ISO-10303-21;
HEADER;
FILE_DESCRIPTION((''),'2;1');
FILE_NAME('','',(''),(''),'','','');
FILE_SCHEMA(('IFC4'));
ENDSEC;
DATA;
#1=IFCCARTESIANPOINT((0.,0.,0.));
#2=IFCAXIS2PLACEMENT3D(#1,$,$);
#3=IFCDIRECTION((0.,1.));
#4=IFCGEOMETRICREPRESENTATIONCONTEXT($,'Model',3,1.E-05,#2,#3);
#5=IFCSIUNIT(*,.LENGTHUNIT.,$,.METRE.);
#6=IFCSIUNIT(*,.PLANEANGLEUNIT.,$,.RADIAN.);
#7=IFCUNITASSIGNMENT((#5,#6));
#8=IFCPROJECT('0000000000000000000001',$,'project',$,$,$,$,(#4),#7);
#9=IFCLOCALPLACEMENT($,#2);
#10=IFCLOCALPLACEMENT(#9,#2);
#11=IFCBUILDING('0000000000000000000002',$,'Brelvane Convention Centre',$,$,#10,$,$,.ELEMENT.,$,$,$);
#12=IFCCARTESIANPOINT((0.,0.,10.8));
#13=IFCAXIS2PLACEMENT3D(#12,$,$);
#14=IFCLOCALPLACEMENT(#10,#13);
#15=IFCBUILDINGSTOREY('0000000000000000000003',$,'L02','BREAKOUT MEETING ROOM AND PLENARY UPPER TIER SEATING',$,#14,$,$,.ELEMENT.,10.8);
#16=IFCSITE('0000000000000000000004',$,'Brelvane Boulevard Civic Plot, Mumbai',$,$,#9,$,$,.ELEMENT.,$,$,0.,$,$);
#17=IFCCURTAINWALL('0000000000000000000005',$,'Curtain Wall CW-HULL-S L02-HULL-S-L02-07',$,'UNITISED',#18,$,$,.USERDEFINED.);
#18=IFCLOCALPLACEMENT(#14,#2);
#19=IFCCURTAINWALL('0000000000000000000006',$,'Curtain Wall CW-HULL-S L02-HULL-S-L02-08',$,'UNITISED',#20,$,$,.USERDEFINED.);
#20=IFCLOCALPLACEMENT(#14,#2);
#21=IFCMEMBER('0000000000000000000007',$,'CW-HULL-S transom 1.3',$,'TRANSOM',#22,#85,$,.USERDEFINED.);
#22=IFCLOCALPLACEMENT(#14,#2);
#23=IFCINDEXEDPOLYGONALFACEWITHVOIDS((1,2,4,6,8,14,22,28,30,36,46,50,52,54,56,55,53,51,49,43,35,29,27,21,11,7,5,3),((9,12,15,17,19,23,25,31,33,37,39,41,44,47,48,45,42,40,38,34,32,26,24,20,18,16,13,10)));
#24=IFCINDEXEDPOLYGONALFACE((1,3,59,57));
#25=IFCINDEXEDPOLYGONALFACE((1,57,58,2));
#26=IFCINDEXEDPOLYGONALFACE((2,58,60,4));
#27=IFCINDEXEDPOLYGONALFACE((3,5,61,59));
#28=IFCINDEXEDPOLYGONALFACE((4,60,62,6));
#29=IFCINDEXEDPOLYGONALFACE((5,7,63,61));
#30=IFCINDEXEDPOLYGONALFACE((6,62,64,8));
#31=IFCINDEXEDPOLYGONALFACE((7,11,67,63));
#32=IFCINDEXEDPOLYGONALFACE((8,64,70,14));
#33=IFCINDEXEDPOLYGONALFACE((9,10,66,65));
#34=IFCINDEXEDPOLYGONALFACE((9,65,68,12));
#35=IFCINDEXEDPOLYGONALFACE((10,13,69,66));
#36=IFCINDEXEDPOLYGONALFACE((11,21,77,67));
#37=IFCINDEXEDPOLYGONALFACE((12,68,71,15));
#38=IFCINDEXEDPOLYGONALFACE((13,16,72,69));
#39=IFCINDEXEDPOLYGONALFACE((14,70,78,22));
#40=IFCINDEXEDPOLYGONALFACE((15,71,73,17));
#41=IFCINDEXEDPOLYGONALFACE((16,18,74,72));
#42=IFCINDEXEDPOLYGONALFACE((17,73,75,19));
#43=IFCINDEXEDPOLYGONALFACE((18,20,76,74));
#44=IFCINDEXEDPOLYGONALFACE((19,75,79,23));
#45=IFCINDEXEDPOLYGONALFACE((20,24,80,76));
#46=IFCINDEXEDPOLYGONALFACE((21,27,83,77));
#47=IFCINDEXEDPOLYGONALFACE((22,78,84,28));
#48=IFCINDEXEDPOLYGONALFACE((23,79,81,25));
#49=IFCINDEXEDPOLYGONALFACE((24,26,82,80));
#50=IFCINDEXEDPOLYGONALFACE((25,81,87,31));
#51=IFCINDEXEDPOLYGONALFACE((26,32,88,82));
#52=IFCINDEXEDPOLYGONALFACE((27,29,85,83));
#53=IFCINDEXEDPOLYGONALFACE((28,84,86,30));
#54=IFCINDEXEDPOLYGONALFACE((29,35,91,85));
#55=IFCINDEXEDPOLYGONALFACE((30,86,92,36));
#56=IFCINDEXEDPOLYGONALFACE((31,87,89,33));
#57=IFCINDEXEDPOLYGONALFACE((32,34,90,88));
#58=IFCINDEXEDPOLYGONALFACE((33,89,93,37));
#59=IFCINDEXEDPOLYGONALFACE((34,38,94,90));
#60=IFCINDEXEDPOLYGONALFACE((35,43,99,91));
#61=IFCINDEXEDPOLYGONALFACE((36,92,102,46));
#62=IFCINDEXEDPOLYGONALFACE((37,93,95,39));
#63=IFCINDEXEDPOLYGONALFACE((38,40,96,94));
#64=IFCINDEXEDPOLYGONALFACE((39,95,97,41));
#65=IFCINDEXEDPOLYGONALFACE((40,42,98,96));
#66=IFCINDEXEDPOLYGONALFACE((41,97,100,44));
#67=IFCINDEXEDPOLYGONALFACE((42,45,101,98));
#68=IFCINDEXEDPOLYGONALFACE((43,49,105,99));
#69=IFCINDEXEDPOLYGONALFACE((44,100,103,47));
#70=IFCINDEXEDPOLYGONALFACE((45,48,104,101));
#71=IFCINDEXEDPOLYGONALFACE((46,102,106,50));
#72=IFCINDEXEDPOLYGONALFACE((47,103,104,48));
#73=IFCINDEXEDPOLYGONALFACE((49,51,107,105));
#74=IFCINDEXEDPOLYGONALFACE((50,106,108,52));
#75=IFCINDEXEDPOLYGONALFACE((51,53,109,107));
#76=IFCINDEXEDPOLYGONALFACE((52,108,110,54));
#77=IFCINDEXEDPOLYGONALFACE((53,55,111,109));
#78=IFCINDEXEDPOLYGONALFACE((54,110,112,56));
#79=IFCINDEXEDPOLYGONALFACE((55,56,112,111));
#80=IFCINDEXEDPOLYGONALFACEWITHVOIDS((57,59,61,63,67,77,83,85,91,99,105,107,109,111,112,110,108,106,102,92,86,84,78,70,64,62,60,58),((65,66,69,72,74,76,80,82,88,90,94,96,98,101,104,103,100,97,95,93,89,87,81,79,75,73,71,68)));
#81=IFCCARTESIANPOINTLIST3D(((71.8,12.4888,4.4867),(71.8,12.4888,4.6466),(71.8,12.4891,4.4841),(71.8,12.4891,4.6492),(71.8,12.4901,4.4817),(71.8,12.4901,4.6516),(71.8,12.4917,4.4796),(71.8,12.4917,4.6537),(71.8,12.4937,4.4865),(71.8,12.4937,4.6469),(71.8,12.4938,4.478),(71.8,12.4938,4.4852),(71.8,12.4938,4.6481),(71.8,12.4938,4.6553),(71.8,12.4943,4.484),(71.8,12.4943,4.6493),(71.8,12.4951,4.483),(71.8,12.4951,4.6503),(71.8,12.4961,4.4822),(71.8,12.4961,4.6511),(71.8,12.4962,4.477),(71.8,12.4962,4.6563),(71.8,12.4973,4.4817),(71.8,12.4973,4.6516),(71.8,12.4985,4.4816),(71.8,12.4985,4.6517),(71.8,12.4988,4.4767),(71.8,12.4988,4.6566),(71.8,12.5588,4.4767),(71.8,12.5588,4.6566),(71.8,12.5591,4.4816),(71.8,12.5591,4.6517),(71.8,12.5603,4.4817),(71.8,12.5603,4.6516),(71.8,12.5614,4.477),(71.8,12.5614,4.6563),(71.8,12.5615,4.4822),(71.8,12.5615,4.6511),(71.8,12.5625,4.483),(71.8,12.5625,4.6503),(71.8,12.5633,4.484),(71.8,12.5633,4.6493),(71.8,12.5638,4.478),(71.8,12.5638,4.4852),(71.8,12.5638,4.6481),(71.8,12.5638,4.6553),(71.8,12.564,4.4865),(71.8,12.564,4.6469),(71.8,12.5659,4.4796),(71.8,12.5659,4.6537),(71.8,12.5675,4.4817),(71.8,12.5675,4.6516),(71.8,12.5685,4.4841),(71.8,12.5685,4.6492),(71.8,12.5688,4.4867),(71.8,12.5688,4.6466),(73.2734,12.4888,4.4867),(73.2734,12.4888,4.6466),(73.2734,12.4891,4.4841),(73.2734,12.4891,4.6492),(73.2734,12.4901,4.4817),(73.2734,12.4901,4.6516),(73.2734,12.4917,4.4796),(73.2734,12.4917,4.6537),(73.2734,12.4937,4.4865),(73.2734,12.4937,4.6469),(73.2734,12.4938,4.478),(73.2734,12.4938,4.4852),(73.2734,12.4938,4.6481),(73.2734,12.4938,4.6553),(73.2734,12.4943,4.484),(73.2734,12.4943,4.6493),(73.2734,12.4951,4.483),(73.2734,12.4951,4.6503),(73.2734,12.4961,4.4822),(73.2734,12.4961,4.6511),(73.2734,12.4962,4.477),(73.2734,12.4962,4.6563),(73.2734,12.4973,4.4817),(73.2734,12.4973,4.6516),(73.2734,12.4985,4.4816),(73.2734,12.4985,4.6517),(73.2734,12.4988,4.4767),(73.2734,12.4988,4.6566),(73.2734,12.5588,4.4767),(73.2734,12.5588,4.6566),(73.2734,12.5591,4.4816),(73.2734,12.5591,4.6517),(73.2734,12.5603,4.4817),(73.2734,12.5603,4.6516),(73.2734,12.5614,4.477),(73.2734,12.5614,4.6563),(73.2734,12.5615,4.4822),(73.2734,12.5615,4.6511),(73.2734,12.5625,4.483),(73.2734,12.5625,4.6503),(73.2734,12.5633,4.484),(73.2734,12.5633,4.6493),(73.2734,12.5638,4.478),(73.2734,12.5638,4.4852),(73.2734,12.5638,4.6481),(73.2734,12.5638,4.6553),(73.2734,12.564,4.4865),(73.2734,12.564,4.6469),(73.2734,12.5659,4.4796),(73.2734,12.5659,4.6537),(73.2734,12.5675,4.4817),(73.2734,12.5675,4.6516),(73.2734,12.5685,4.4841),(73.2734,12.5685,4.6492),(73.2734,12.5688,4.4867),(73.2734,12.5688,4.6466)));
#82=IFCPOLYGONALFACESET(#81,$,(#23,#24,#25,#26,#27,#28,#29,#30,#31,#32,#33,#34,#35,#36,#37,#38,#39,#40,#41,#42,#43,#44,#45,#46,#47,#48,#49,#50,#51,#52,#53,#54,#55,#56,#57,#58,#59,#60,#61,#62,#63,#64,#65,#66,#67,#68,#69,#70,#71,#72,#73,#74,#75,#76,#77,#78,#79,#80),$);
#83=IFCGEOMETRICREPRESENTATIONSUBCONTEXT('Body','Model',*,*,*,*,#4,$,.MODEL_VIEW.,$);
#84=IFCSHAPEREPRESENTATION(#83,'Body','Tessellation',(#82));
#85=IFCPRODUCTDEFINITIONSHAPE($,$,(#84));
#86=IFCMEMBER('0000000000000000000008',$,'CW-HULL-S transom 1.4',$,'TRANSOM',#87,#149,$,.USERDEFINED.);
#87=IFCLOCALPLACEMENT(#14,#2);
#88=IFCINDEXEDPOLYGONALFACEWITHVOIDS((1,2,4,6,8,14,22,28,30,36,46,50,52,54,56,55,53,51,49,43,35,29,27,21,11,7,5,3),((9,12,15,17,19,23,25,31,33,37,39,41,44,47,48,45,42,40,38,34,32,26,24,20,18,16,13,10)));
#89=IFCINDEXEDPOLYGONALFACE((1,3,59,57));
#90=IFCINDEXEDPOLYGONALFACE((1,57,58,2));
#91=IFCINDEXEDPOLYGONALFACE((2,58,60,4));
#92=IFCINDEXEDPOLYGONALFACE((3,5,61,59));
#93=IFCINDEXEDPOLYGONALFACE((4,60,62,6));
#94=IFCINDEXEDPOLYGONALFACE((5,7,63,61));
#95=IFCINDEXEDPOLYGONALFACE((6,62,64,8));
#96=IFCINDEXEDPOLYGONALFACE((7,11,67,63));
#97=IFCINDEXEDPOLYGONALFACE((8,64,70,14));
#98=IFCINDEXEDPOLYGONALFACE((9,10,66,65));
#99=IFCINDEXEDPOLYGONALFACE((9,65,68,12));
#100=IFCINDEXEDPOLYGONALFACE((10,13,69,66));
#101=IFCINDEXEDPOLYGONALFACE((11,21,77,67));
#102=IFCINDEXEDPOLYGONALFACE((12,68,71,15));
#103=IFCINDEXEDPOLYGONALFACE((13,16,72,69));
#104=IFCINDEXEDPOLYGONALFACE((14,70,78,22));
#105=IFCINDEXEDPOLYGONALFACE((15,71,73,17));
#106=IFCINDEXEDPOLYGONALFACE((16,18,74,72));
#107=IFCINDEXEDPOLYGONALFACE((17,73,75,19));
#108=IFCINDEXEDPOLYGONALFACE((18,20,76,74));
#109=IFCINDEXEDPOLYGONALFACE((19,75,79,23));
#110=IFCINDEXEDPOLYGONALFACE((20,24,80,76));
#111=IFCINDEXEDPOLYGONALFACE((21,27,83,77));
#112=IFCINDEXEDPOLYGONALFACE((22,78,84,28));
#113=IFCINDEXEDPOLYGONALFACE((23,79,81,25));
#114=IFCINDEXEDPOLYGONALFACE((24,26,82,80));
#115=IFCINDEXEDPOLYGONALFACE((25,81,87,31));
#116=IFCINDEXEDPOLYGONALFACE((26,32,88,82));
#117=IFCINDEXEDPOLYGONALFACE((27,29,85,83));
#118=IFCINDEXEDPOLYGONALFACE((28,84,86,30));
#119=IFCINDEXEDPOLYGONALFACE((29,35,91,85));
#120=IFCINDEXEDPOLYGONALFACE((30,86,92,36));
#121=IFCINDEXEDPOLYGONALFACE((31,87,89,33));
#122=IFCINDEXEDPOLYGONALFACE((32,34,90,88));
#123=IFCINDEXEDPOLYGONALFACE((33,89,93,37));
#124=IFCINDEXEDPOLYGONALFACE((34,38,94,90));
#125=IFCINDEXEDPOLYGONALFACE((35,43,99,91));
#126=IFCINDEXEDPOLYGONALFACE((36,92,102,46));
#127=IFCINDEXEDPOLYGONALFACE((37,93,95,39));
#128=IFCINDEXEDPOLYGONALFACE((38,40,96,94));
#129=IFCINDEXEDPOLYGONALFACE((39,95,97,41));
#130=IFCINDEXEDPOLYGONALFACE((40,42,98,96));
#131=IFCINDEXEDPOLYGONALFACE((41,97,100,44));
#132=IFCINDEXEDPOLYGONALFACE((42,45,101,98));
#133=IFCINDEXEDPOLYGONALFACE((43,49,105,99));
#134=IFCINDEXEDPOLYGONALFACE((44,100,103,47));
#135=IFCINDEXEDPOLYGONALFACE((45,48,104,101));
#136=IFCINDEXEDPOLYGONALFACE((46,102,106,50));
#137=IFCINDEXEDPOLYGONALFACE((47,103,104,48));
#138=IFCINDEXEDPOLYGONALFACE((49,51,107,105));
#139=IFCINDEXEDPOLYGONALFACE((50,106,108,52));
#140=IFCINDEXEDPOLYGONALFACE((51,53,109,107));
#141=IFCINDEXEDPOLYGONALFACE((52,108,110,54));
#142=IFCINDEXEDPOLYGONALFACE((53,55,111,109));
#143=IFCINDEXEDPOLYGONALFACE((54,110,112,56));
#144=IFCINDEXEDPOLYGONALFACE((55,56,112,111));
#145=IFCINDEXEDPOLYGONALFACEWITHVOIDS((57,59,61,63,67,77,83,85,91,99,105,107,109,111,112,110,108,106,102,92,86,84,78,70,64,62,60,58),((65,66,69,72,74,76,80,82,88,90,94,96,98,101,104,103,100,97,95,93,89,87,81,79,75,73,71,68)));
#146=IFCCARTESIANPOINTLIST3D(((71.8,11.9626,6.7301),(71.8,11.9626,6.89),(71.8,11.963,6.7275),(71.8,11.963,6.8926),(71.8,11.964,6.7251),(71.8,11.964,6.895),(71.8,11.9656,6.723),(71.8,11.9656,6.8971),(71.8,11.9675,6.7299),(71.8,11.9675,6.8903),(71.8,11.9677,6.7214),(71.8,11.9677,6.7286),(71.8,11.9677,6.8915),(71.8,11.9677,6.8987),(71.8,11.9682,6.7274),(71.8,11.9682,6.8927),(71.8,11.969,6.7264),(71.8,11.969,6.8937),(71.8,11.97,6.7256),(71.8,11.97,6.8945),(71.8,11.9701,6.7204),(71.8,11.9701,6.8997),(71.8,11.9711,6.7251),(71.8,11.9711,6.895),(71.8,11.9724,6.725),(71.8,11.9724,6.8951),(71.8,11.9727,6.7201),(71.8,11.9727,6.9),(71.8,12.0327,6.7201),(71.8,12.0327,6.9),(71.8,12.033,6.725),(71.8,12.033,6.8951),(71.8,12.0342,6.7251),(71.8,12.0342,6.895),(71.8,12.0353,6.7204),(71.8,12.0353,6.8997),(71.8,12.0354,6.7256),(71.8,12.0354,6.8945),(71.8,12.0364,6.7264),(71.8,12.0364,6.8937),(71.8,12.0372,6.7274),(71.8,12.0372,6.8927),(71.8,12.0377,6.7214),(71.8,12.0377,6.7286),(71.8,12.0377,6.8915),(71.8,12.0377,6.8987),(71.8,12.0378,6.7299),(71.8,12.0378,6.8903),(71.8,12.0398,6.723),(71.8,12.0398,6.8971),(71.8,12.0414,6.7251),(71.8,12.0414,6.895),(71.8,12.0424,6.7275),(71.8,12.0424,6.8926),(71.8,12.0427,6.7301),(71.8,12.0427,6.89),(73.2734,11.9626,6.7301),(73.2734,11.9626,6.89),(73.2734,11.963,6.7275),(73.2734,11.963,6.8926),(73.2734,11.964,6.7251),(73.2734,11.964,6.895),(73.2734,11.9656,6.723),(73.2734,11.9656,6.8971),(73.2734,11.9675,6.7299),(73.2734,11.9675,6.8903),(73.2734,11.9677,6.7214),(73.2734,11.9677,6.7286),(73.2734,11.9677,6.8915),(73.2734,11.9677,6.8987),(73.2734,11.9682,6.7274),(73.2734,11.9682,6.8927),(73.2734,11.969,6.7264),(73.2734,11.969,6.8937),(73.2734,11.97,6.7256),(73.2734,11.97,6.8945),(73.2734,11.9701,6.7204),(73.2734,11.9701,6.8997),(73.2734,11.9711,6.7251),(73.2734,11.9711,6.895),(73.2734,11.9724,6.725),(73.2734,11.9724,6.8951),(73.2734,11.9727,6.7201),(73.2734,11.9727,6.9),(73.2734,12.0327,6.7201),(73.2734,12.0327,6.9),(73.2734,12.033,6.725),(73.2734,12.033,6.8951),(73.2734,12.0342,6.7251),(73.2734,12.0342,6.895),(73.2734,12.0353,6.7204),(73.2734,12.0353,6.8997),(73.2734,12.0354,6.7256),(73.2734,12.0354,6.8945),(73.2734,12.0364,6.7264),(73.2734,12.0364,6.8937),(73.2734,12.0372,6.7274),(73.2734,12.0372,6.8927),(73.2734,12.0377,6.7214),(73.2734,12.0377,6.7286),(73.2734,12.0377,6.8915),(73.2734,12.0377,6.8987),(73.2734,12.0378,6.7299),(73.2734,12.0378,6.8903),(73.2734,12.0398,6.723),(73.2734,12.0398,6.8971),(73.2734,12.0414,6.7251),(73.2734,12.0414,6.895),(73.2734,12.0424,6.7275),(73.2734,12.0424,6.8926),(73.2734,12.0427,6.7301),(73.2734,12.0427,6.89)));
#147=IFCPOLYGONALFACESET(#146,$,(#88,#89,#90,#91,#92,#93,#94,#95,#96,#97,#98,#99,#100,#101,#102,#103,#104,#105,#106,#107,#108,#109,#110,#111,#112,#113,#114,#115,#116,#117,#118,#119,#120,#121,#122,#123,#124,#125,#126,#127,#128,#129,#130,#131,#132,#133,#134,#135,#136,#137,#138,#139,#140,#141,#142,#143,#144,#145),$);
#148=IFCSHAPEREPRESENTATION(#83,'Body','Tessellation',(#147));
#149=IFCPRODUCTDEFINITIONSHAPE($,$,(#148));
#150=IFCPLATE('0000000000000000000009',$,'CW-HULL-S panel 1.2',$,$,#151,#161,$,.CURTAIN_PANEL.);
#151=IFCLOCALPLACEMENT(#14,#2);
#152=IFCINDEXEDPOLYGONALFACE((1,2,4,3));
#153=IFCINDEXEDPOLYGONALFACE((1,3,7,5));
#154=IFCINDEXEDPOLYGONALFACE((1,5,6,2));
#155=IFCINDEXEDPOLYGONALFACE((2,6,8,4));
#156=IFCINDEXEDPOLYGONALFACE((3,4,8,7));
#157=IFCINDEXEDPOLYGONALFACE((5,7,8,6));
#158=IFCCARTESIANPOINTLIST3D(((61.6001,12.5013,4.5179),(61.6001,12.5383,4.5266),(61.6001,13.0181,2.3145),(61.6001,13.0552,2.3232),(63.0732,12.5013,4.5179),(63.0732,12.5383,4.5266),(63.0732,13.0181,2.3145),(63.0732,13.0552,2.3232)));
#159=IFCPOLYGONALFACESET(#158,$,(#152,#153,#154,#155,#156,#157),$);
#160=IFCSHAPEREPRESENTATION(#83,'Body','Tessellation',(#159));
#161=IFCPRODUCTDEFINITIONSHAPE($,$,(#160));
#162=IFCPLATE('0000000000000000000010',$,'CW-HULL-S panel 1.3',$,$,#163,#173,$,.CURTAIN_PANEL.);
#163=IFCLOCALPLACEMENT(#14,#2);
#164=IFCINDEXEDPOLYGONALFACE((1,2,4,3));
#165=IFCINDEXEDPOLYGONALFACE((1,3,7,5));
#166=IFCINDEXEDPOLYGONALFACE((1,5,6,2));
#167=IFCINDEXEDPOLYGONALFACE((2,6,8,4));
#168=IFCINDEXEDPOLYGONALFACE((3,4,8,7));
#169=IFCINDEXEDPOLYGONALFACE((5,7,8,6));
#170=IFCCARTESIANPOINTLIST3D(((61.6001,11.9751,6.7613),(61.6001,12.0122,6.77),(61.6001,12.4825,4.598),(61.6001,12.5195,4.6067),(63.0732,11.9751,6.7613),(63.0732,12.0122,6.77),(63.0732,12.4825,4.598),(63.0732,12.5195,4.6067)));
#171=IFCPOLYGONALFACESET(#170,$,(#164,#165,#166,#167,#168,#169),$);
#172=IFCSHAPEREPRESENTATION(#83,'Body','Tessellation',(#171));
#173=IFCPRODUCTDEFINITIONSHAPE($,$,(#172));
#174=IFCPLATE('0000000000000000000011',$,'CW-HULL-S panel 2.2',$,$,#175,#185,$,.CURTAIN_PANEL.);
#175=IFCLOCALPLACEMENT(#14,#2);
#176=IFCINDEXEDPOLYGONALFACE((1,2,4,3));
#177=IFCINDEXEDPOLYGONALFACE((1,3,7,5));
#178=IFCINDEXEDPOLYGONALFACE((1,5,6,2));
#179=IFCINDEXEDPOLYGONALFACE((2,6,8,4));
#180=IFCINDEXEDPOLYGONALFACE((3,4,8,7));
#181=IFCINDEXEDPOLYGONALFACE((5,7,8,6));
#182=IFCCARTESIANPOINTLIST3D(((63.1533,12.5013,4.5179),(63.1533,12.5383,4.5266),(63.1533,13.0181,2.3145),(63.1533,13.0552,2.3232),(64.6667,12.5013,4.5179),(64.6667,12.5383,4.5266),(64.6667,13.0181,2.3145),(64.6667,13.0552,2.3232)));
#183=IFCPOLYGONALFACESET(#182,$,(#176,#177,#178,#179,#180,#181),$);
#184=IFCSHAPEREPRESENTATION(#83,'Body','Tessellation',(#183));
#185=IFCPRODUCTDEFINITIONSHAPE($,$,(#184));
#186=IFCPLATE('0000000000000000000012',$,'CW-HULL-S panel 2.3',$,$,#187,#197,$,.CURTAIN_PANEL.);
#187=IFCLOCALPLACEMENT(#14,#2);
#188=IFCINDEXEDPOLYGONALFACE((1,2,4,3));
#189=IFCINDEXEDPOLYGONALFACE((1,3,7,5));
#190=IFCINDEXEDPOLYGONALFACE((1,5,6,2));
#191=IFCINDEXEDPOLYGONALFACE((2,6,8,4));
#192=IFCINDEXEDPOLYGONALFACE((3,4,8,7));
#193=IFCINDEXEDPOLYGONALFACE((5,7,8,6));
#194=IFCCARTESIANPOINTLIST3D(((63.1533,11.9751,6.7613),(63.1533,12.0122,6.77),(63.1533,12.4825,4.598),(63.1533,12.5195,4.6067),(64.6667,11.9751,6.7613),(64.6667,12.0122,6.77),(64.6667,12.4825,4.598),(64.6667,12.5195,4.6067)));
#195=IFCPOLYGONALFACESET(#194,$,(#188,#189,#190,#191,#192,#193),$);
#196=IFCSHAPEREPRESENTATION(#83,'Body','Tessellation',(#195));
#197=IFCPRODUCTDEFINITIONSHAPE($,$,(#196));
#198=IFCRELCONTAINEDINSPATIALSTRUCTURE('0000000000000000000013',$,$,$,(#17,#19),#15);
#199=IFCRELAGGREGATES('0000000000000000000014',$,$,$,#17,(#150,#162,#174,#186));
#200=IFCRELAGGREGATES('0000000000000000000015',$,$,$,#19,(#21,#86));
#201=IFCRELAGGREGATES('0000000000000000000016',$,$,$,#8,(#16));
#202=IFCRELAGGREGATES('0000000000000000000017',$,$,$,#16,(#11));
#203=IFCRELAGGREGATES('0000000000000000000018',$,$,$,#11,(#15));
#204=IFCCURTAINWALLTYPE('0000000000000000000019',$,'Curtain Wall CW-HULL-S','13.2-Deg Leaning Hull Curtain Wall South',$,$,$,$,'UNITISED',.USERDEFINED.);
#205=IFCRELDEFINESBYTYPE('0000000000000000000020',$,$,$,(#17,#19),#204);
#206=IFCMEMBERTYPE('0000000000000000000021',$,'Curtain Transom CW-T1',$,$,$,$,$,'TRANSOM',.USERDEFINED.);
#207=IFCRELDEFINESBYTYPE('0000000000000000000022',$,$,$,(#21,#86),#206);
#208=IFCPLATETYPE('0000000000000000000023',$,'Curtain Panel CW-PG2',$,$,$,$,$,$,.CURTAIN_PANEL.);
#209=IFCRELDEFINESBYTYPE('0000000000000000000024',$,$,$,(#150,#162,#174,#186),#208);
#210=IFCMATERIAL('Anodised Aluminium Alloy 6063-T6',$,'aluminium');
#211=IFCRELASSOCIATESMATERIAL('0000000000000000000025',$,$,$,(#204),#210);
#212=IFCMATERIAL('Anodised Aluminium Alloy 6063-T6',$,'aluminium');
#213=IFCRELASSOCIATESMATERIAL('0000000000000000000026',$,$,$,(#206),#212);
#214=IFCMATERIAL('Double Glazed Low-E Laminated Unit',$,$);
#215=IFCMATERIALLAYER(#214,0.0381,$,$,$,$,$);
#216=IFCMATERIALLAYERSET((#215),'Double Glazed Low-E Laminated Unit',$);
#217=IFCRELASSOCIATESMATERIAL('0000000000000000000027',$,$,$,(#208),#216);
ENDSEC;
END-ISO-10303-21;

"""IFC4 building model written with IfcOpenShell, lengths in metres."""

from ifc_helpers import new_model, si_unit, direction, frame, origin, origin_2d, place, context, subcontext, project, spatial, polyline, hollow_rectangle, outline, extrude, material, layer, layer_set, material_profile, profile_set, type_object, element, aggregate, save


model = new_model("IFC4")

# Units and contexts
model_context = context("Model", 3, precision=1e-05, world=origin(), true_north=direction((0.0, 1.0)))
body_context = subcontext(model_context, "Body", "Model", "MODEL_VIEW")
ifc_project = project(units=[si_unit("LENGTHUNIT", "METRE"), si_unit("PLANEANGLEUNIT", "RADIAN")], contexts=[model_context])

# Site, building, storey
site_placement = place(None, origin())
site = spatial("IfcSite", under=ifc_project, at=site_placement, Name="Brelvane Boulevard Civic Plot, Mumbai", CompositionType="ELEMENT", RefElevation=0.0)
building_placement = place(site_placement, origin())
building = spatial("IfcBuilding", under=site, at=building_placement, Name="Brelvane Convention Centre", CompositionType="ELEMENT")
storey_placement = place(building_placement, frame((0.0, 0.0, 10.8)))
storey = spatial("IfcBuildingStorey", under=building, at=storey_placement, Name="L02", Description="BREAKOUT MEETING ROOM AND PLENARY UPPER TIER SEATING", CompositionType="ELEMENT", Elevation=10.8)

# Curtain walls, members
ifc_material_1 = material(Name="Anodised Aluminium Alloy 6063-T6", Category="aluminium")
curtain_wall_type = type_object("IfcCurtainWallType", Name="Curtain Wall CW-HULL-S", Description="13.2-Deg Leaning Hull Curtain Wall South", ElementType="UNITISED", PredefinedType="USERDEFINED", material=ifc_material_1)
curtain_wall_1_placement = place(storey_placement, origin())
curtain_wall_1 = element("IfcCurtainWall", 1, at=curtain_wall_1_placement, inside=storey, type_object=curtain_wall_type, Name="Curtain Wall CW-HULL-S L02-HULL-S-L02-07", ObjectType="UNITISED", PredefinedType="USERDEFINED")
ifc_material_2 = material(Name="Anodised Aluminium Alloy 6063-T6", Category="aluminium")
ifc_material_profile = material_profile(ifc_material_2, hollow_rectangle(XDim=0.0801, YDim=0.1799, WallThickness=0.0049, InnerFilletRadius=0.0049, OuterFilletRadius=0.01, at=origin_2d()), Name="ALU-T 180x80x5.0")
ifc_profile_set = profile_set([ifc_material_profile], Name="Anodised Aluminium Alloy 6063-T6")
member_type = type_object("IfcMemberType", Name="Curtain Transom CW-T1", ElementType="TRANSOM", PredefinedType="USERDEFINED", material=ifc_profile_set)
curtain_wall_2_placement = place(storey_placement, origin())
curtain_wall_2 = element("IfcCurtainWall", 2, at=curtain_wall_2_placement, inside=storey, type_object=curtain_wall_type, Name="Curtain Wall CW-HULL-S L02-HULL-S-L02-08", ObjectType="UNITISED", PredefinedType="USERDEFINED")
member_1_placement = place(storey_placement, frame((71.8, 12.5288, 4.5667), z_axis=(1.0, 0.0, 0.0), x_axis=(0.0, 1.0, 0.0)))
member_1 = element("IfcMember", 3, at=member_1_placement, type_object=member_type, Name="CW-HULL-S transom 1.3", ObjectType="TRANSOM", PredefinedType="USERDEFINED", context=body_context, shape_type="SweptSolid", body=[
    extrude(hollow_rectangle(XDim=0.0801, YDim=0.1799, WallThickness=0.0049, InnerFilletRadius=0.0049, OuterFilletRadius=0.01, at=origin_2d()), origin(), (0.0, 0.0, 1.0), 1.4734),
])
member_2_placement = place(storey_placement, frame((71.8, 12.0027, 6.8101), z_axis=(1.0, 0.0, 0.0), x_axis=(0.0, 1.0, 0.0)))
member_2 = element("IfcMember", 4, at=member_2_placement, type_object=member_type, Name="CW-HULL-S transom 1.4", ObjectType="TRANSOM", PredefinedType="USERDEFINED", context=body_context, shape_type="SweptSolid", body=[
    extrude(hollow_rectangle(XDim=0.0801, YDim=0.1799, WallThickness=0.0049, InnerFilletRadius=0.0049, OuterFilletRadius=0.01, at=origin_2d()), origin(), (0.0, 0.0, 1.0), 1.4734),
])

# Plates
ifc_material_3 = material(Name="Double Glazed Low-E Laminated Unit")
ifc_layer = layer(ifc_material_3, 0.0381)
ifc_layer_set = layer_set([ifc_layer], Name="Double Glazed Low-E Laminated Unit")
plate_type = type_object("IfcPlateType", Name="Curtain Panel CW-PG2", PredefinedType="CURTAIN_PANEL", material=ifc_layer_set)
plate_1_placement = place(storey_placement, frame((61.6001, 13.0552, 2.3232), z_axis=(0.0, 0.973574, 0.228372), x_axis=(1.0, 0.0, 0.0)))
plate_1 = element("IfcPlate", 5, at=plate_1_placement, type_object=plate_type, Name="CW-HULL-S panel 1.2", PredefinedType="CURTAIN_PANEL", context=body_context, shape_type="SweptSolid", body=[
    extrude(outline(polyline([(0.0, 0.0), (1.4731, 0.0), (1.4731, -2.2632), (0.0, -2.2632), (0.0, 0.0)])), origin(), (0.0, 0.0, -1.0), 0.0381),
])
plate_2_placement = place(storey_placement, frame((61.6001, 12.5195, 4.6067), z_axis=(0.0, 0.973587, 0.228317), x_axis=(1.0, 0.0, 0.0)))
plate_2 = element("IfcPlate", 6, at=plate_2_placement, type_object=plate_type, Name="CW-HULL-S panel 1.3", PredefinedType="CURTAIN_PANEL", context=body_context, shape_type="SweptSolid", body=[
    extrude(outline(polyline([(0.0, 0.0), (1.4731, 0.0), (1.4731, -2.222), (0.0, -2.222), (0.0, 0.0)])), origin(), (0.0, 0.0, -1.0), 0.0381),
])
plate_3_placement = place(storey_placement, frame((63.1533, 13.0552, 2.3232), z_axis=(0.0, 0.973574, 0.228372), x_axis=(1.0, 0.0, 0.0)))
plate_3 = element("IfcPlate", 7, at=plate_3_placement, type_object=plate_type, Name="CW-HULL-S panel 2.2", PredefinedType="CURTAIN_PANEL", context=body_context, shape_type="SweptSolid", body=[
    extrude(outline(polyline([(0.0, 0.0), (1.5134, 0.0), (1.5134, -2.2632), (0.0, -2.2632), (0.0, 0.0)])), origin(), (0.0, 0.0, -1.0), 0.0381),
])
plate_4_placement = place(storey_placement, frame((63.1533, 12.5195, 4.6067), z_axis=(0.0, 0.973587, 0.228317), x_axis=(1.0, 0.0, 0.0)))
plate_4 = element("IfcPlate", 8, at=plate_4_placement, type_object=plate_type, Name="CW-HULL-S panel 2.3", PredefinedType="CURTAIN_PANEL", context=body_context, shape_type="SweptSolid", body=[
    extrude(outline(polyline([(0.0, 0.0), (1.5134, 0.0), (1.5134, -2.222), (0.0, -2.222), (0.0, 0.0)])), origin(), (0.0, 0.0, -1.0), 0.0381),
])
aggregate(curtain_wall_1, [plate_1, plate_2, plate_3, plate_4])
aggregate(curtain_wall_2, [member_1, member_2])

save(model, "model.ifc")
